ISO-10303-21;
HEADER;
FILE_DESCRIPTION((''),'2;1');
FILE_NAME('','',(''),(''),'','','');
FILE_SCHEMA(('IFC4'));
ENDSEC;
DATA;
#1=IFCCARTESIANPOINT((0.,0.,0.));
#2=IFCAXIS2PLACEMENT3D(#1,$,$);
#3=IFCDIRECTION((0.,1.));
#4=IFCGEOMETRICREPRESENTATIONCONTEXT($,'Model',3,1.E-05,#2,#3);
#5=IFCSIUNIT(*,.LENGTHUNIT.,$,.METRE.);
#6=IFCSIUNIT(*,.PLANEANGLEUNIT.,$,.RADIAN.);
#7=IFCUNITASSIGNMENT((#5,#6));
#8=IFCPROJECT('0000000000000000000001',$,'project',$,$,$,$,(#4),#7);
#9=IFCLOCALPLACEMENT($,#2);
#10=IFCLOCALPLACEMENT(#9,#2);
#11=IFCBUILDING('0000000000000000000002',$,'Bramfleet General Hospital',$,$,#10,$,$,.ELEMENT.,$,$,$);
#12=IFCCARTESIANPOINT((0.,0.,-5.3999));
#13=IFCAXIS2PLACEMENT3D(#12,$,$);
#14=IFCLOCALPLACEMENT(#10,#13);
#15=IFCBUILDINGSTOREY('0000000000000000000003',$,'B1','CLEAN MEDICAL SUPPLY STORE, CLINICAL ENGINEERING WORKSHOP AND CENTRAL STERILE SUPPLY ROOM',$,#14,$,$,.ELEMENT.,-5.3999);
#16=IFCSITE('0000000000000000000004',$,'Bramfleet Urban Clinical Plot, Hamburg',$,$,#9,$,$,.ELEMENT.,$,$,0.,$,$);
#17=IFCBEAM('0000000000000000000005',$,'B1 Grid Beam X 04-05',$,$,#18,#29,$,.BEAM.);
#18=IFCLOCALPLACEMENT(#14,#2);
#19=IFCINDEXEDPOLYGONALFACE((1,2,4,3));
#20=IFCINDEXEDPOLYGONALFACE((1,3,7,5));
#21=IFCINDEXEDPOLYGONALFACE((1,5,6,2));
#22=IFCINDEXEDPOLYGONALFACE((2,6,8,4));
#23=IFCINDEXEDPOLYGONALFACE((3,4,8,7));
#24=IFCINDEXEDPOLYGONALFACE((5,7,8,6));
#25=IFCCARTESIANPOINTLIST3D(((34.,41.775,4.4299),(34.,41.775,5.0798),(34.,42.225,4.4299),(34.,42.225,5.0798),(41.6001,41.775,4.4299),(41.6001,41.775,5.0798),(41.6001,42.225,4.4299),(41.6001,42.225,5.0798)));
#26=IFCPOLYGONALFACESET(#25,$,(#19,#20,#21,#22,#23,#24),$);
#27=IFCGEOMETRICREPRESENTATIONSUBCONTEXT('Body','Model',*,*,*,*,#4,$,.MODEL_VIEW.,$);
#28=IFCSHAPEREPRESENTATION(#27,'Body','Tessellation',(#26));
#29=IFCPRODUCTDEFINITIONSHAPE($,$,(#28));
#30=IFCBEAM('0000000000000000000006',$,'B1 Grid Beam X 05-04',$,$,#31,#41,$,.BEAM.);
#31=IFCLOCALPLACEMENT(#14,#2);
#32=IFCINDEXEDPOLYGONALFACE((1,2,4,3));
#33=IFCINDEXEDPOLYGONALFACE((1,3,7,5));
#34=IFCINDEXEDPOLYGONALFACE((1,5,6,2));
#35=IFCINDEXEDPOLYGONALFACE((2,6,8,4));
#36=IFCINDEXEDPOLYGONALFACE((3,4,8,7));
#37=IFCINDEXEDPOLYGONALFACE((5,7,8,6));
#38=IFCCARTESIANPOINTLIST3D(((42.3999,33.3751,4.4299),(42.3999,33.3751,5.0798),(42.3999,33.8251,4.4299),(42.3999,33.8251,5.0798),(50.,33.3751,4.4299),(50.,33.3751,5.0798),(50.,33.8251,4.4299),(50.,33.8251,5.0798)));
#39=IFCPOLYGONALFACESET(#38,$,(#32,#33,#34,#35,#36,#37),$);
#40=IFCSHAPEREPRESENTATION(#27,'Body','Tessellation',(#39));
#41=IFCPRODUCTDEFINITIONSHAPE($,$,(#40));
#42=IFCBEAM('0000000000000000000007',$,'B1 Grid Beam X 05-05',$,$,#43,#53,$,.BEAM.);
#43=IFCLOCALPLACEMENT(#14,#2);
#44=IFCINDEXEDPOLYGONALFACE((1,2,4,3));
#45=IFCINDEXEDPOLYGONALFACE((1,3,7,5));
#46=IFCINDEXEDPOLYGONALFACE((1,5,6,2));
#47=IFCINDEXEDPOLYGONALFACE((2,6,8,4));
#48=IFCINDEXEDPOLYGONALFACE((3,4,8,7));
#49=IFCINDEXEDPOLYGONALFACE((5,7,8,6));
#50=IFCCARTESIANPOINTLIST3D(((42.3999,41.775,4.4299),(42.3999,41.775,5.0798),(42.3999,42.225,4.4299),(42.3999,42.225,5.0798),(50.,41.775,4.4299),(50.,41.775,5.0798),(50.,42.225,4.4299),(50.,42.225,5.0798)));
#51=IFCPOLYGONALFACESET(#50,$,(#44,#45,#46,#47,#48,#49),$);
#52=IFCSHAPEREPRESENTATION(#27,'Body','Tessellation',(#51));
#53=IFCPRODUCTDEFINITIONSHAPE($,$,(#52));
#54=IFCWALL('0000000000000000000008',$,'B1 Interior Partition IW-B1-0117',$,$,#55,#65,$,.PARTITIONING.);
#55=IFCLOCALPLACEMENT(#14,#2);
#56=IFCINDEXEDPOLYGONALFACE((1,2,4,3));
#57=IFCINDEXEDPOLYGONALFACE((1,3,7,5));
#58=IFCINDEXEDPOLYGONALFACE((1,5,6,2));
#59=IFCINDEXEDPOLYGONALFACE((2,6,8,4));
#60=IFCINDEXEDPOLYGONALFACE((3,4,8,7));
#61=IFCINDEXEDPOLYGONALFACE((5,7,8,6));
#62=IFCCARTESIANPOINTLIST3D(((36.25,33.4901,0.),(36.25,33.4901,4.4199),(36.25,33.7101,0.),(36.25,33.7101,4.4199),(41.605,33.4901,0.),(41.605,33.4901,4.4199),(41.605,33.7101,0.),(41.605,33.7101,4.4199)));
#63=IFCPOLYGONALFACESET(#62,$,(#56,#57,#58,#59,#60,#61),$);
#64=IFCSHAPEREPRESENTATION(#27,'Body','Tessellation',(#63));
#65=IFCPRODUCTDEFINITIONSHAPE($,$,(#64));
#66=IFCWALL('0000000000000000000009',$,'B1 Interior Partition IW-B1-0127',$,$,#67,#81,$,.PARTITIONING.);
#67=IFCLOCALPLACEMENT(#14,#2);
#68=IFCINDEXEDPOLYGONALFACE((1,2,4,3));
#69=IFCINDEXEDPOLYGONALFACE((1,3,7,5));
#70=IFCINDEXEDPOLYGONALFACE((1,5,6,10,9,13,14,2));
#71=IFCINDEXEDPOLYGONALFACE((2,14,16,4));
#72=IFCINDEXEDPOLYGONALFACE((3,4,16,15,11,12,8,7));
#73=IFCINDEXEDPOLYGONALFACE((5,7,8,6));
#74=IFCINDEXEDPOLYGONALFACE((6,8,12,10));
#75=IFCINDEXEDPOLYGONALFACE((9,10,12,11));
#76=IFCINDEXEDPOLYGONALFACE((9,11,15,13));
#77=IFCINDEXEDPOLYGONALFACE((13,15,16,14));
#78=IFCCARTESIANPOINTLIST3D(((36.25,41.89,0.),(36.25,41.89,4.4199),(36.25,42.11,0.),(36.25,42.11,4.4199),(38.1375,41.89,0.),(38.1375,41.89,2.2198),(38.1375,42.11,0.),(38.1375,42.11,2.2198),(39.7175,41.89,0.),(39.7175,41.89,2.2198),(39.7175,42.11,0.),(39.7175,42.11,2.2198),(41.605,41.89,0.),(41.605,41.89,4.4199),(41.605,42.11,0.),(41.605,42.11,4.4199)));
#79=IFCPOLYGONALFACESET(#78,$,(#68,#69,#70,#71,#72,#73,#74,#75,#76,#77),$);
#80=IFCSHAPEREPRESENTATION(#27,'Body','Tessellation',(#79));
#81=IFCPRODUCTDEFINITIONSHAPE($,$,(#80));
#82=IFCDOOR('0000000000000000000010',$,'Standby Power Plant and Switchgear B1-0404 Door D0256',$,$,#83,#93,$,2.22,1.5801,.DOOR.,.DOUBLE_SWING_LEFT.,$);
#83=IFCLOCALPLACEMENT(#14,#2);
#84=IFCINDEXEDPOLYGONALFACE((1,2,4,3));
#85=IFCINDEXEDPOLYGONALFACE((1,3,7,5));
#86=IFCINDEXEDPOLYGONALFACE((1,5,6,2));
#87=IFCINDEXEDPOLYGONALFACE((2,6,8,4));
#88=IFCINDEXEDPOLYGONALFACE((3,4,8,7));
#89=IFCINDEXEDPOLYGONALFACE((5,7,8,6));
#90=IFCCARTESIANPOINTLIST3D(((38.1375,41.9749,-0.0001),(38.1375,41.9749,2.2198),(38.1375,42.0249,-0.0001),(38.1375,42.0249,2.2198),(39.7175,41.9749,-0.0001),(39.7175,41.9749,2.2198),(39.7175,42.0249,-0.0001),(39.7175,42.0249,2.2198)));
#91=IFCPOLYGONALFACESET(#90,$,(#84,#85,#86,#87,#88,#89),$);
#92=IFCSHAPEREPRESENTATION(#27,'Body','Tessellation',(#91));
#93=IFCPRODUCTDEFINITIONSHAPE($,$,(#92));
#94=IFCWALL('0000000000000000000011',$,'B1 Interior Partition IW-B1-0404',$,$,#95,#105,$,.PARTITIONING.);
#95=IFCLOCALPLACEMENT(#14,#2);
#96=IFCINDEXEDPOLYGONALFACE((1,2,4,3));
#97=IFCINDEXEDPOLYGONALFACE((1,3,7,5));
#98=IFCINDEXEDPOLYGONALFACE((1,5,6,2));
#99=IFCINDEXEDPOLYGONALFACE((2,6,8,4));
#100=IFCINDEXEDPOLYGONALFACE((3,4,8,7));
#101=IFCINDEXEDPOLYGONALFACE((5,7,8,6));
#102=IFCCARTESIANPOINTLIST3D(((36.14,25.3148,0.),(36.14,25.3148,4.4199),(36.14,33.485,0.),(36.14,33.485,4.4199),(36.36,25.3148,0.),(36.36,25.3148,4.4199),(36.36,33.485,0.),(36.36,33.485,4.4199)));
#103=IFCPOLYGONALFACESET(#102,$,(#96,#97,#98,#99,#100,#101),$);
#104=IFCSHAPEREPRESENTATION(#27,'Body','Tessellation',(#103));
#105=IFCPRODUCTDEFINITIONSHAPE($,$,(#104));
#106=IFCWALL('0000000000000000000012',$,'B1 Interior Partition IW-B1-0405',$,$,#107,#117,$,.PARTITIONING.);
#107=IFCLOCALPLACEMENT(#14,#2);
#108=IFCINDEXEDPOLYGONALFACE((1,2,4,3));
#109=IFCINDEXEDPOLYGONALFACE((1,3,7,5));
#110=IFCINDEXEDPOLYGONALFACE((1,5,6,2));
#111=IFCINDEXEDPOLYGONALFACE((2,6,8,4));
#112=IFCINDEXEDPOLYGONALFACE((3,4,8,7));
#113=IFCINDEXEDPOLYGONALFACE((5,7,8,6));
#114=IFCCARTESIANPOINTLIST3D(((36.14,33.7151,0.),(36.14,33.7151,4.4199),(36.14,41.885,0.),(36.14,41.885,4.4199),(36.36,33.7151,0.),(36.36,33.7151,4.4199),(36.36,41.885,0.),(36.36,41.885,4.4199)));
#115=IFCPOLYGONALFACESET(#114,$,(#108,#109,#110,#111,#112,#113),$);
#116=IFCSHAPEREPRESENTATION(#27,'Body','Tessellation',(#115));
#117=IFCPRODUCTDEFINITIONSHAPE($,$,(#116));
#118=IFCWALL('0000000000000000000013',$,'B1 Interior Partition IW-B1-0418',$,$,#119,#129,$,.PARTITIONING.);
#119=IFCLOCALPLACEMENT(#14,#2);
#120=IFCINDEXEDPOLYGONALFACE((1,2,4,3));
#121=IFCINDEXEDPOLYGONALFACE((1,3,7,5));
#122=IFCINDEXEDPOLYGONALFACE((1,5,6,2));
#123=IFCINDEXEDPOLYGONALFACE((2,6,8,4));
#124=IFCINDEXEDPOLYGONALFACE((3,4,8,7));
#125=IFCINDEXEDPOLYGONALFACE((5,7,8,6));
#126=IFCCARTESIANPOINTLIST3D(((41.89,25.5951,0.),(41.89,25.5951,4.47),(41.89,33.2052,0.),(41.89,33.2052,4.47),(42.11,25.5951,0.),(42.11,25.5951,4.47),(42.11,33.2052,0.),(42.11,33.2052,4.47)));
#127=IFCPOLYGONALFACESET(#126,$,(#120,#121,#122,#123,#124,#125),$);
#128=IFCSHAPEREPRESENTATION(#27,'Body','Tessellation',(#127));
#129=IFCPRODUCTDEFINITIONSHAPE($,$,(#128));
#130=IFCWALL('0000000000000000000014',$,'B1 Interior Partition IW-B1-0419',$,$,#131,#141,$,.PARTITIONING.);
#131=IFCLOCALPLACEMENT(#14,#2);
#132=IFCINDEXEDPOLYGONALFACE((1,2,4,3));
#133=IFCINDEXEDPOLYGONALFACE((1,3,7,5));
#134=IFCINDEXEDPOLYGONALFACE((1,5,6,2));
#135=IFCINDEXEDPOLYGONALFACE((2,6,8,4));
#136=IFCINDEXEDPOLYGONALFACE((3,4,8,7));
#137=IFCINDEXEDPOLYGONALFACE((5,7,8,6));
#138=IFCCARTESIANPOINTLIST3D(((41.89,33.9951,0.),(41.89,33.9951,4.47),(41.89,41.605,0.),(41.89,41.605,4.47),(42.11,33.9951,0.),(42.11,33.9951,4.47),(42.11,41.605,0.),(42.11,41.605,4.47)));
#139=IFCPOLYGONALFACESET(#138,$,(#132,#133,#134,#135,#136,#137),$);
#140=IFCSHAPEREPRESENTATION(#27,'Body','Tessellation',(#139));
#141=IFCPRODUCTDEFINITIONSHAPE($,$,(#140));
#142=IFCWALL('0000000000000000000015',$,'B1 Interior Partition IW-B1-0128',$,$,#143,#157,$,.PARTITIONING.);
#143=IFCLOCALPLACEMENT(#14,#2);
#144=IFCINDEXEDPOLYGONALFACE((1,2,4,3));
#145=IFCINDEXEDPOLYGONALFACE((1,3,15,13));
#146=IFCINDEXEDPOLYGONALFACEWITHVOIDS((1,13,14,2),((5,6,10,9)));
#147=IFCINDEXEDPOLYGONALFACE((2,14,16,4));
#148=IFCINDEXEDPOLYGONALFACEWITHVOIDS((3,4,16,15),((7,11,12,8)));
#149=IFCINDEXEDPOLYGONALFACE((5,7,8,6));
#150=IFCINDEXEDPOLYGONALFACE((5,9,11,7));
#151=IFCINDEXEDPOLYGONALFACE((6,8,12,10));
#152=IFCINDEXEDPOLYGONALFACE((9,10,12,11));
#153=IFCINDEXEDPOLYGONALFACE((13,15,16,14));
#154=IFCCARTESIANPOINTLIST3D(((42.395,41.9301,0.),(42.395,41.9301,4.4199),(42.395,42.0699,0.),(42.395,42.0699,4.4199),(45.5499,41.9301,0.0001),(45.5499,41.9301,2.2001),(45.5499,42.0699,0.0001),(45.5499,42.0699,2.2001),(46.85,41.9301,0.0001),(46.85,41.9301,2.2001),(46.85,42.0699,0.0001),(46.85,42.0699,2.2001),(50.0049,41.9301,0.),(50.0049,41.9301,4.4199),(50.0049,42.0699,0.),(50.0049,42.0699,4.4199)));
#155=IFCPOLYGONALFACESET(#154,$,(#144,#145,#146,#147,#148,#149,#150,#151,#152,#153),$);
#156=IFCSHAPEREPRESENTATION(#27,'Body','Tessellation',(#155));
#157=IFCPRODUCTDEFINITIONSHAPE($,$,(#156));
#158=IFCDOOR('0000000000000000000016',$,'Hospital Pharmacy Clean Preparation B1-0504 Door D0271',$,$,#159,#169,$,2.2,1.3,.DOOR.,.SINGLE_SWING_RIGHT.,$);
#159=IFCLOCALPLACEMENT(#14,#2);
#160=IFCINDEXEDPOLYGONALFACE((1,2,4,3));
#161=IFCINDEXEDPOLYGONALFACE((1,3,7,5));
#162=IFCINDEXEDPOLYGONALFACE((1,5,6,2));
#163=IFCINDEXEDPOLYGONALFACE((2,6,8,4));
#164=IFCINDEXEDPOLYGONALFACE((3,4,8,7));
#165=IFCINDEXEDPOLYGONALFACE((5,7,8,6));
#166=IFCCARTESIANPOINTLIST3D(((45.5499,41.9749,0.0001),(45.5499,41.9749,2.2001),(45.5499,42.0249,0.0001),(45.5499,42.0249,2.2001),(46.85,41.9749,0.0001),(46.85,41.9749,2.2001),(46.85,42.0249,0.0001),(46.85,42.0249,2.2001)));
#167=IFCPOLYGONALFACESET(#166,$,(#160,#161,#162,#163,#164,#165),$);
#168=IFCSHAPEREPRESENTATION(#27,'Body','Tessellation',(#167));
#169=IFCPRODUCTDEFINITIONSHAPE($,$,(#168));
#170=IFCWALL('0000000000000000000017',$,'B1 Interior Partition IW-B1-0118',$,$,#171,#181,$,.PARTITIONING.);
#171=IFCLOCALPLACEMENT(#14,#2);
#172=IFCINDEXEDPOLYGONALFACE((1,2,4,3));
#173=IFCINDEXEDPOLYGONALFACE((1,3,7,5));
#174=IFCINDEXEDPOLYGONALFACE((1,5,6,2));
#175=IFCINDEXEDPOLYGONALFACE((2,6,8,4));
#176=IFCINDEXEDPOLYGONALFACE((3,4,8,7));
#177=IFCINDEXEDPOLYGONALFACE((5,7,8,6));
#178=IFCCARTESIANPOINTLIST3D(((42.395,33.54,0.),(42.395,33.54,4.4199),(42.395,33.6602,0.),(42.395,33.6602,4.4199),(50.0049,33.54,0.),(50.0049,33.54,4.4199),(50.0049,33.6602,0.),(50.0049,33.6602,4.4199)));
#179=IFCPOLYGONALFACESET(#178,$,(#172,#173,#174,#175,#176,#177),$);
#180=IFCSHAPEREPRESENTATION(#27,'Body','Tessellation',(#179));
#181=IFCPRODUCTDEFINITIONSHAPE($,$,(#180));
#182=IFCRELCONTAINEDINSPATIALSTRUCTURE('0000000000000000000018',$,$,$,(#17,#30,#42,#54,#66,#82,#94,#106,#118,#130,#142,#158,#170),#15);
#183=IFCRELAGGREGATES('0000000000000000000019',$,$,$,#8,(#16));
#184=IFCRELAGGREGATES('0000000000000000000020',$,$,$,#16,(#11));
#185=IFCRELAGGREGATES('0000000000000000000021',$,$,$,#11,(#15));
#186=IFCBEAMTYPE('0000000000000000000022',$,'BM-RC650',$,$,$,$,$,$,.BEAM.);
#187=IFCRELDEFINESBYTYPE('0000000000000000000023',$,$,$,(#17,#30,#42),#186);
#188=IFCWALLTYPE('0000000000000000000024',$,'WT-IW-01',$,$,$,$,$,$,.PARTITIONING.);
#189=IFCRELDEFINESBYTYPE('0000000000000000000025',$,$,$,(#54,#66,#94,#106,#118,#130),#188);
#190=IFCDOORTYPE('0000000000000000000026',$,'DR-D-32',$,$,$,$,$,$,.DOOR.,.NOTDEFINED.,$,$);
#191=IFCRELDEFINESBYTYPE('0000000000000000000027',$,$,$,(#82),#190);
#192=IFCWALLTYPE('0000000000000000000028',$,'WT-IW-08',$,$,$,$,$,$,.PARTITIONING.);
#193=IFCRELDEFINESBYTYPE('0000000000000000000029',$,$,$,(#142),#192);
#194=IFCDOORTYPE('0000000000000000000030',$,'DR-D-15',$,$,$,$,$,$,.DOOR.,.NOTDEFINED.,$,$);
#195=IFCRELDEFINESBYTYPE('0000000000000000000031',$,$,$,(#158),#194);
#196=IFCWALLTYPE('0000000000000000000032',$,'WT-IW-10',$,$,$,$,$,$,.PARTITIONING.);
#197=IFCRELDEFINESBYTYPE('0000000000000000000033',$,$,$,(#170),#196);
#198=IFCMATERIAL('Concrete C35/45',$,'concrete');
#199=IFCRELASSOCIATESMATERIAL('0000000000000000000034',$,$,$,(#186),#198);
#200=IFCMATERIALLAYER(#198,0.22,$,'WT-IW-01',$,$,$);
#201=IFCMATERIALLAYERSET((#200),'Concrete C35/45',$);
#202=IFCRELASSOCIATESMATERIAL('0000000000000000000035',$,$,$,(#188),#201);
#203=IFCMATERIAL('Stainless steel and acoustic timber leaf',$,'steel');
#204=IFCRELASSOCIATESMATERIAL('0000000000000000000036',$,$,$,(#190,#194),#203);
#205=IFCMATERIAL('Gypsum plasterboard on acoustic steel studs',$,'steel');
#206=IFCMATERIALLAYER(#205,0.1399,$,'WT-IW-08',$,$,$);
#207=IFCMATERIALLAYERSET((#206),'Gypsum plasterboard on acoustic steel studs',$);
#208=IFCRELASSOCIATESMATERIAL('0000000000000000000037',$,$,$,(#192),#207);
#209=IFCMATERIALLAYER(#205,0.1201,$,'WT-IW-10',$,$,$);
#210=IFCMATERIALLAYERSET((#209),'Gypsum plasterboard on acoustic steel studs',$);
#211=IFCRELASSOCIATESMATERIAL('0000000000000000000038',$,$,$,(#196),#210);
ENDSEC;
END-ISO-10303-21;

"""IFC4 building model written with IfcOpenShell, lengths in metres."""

from ifc_helpers import new_model, si_unit, direction, frame, frame_2d, origin, origin_2d, place, context, subcontext, project, spatial, rectangle, extrude, material, layer, layer_set, material_profile, profile_set, type_object, element, fill, save


model = new_model("IFC4")

# Units and contexts
model_context = context("Model", 3, precision=1e-05, world=origin(), true_north=direction((0.0, 1.0)))
body_context = subcontext(model_context, "Body", "Model", "MODEL_VIEW")
ifc_project = project(units=[si_unit("LENGTHUNIT", "METRE"), si_unit("PLANEANGLEUNIT", "RADIAN")], contexts=[model_context])

# Site, building, storey
site_placement = place(None, origin())
site = spatial("IfcSite", under=ifc_project, at=site_placement, Name="Bramfleet Urban Clinical Plot, Hamburg", CompositionType="ELEMENT", RefElevation=0.0)
building_placement = place(site_placement, origin())
building = spatial("IfcBuilding", under=site, at=building_placement, Name="Bramfleet General Hospital", CompositionType="ELEMENT")
storey_placement = place(building_placement, frame((0.0, 0.0, -5.3999)))
storey = spatial("IfcBuildingStorey", under=building, at=storey_placement, Name="B1", Description="CLEAN MEDICAL SUPPLY STORE, CLINICAL ENGINEERING WORKSHOP AND CENTRAL STERILE SUPPLY ROOM", CompositionType="ELEMENT", Elevation=-5.3999)

# Shared definitions
ifc_material_1 = material(Name="Concrete C35/45", Category="concrete")

# Beams
ifc_material_profile_1 = material_profile(ifc_material_1, rectangle(XDim=0.45, YDim=0.6499, at=origin_2d()), Name="RC BM 650x450")
ifc_profile_set_1 = profile_set([ifc_material_profile_1], Name="Concrete C35/45")
beam_type_1 = type_object("IfcBeamType", Name="BM-RC650", PredefinedType="BEAM", material=ifc_profile_set_1)
for number, where, z_axis, x_axis, name in (
    (1, (34.0, 42.0, 4.7549), (1.0, 0.0, 0.0), (0.0, 1.0, 0.0), "B1 Grid Beam X 04-05"),
    (2, (42.3999, 33.6001, 4.7549), (1.0, 0.0, 0.0), (0.0, 1.0, 0.0), "B1 Grid Beam X 05-04"),
    (3, (42.3999, 42.0, 4.7549), (1.0, 0.0, 0.0), (0.0, 1.0, 0.0), "B1 Grid Beam X 05-05"),
):
    element("IfcBeam", number, at=place(storey_placement, frame(where, z_axis=z_axis, x_axis=x_axis)), inside=storey, type_object=beam_type_1, Name=name, PredefinedType="BEAM", context=body_context, shape_type="SweptSolid", body=[
        extrude(rectangle(XDim=0.45, YDim=0.6499, at=origin_2d()), origin(), (0.0, 0.0, 1.0), 7.6001),
    ])

# Wall
ifc_layer_1 = layer(ifc_material_1, 0.22, Name="WT-IW-01")
ifc_layer_set_1 = layer_set([ifc_layer_1], Name="Concrete C35/45")
wall_type_1 = type_object("IfcWallType", Name="WT-IW-01", PredefinedType="PARTITIONING", material=ifc_layer_set_1)
wall_1_placement = place(storey_placement, frame((36.25, 33.6001, 0.0), z_axis=(0.0, 0.0, 1.0), x_axis=(1.0, 0.0, 0.0)))
element("IfcWall", 4, at=wall_1_placement, inside=storey, type_object=wall_type_1, Name="B1 Interior Partition IW-B1-0117", PredefinedType="PARTITIONING", context=body_context, shape_type="SweptSolid", body=[
    extrude(rectangle(XDim=5.355, YDim=0.22, at=frame_2d((2.6775, 0.0))), origin(), (0.0, 0.0, 1.0), 4.4199),
])

# Wall, opening, door
wall_2_placement = place(storey_placement, frame((36.25, 42.0, 0.0), z_axis=(0.0, 0.0, 1.0), x_axis=(1.0, 0.0, 0.0)))
wall_2 = element("IfcWall", 5, at=wall_2_placement, inside=storey, type_object=wall_type_1, Name="B1 Interior Partition IW-B1-0127", PredefinedType="PARTITIONING", context=body_context, shape_type="SweptSolid", body=[
    extrude(rectangle(XDim=5.355, YDim=0.22, at=frame_2d((2.6775, 0.0))), origin(), (0.0, 0.0, 1.0), 4.4199),
])
opening_1_placement = place(wall_2_placement, frame((1.8875, 0.0, 0.0)))
opening_1 = element("IfcOpeningElement", 6, at=opening_1_placement, cuts=wall_2, PredefinedType="OPENING", context=body_context, shape_type="SweptSolid", body=[
    extrude(rectangle(XDim=1.5801, YDim=2.22, at=frame_2d((0.79, 1.1099))), frame((0.0, 0.1199, 0.0), z_axis=(0.0, -1.0, 0.0), x_axis=(1.0, 0.0, 0.0)), (0.0, 0.0, 1.0), 0.24),
])
ifc_material_2 = material(Name="Stainless steel and acoustic timber leaf", Category="steel")
door_type_1 = type_object("IfcDoorType", Name="DR-D-32", OperationType="NOTDEFINED", PredefinedType="DOOR", material=ifc_material_2)
door_1_placement = place(opening_1_placement, origin())
door_1 = element("IfcDoor", 7, at=door_1_placement, inside=storey, type_object=door_type_1, Name="Standby Power Plant and Switchgear B1-0404 Door D0256", OperationType="DOUBLE_SWING_LEFT", OverallHeight=2.22, OverallWidth=1.5801, PredefinedType="DOOR", context=body_context, shape_type="SweptSolid", body=[
    extrude(rectangle(XDim=1.5801, YDim=2.22, at=frame_2d((0.79, 1.1099))), frame((0.0, 0.0249, 0.0), z_axis=(0.0, -1.0, 0.0), x_axis=(1.0, 0.0, 0.0)), (0.0, 0.0, 1.0), 0.05),
])
fill(opening_1, door_1)

# Walls
wall_3_placement = place(storey_placement, frame((36.25, 25.3149, 0.0), z_axis=(0.0, 0.0, 1.0), x_axis=(0.0, 1.0, 0.0)))
element("IfcWall", 8, at=wall_3_placement, inside=storey, type_object=wall_type_1, Name="B1 Interior Partition IW-B1-0404", PredefinedType="PARTITIONING", context=body_context, shape_type="SweptSolid", body=[
    extrude(rectangle(XDim=8.1702, YDim=0.22, at=frame_2d((4.085, 0.0))), origin(), (0.0, 0.0, 1.0), 4.4199),
])
wall_4_placement = place(storey_placement, frame((36.25, 33.7151, 0.0), z_axis=(0.0, 0.0, 1.0), x_axis=(0.0, 1.0, 0.0)))
element("IfcWall", 9, at=wall_4_placement, inside=storey, type_object=wall_type_1, Name="B1 Interior Partition IW-B1-0405", PredefinedType="PARTITIONING", context=body_context, shape_type="SweptSolid", body=[
    extrude(rectangle(XDim=8.1699, YDim=0.22, at=frame_2d((4.085, 0.0))), origin(), (0.0, 0.0, 1.0), 4.4199),
])
wall_5_placement = place(storey_placement, frame((42.0, 25.595, 0.0), z_axis=(0.0, 0.0, 1.0), x_axis=(0.0, 1.0, 0.0)))
element("IfcWall", 10, at=wall_5_placement, inside=storey, type_object=wall_type_1, Name="B1 Interior Partition IW-B1-0418", PredefinedType="PARTITIONING", context=body_context, shape_type="SweptSolid", body=[
    extrude(rectangle(XDim=7.6101, YDim=0.22, at=frame_2d((3.8052, 0.0))), origin(), (0.0, 0.0, 1.0), 4.47),
])
wall_6_placement = place(storey_placement, frame((42.0, 33.9951, 0.0), z_axis=(0.0, 0.0, 1.0), x_axis=(0.0, 1.0, 0.0)))
element("IfcWall", 11, at=wall_6_placement, inside=storey, type_object=wall_type_1, Name="B1 Interior Partition IW-B1-0419", PredefinedType="PARTITIONING", context=body_context, shape_type="SweptSolid", body=[
    extrude(rectangle(XDim=7.6099, YDim=0.22, at=frame_2d((3.8049, 0.0))), origin(), (0.0, 0.0, 1.0), 4.47),
])

# Wall, opening, door
ifc_material_3 = material(Name="Gypsum plasterboard on acoustic steel studs", Category="steel")
ifc_layer_2 = layer(ifc_material_3, 0.1399, Name="WT-IW-08")
ifc_layer_set_2 = layer_set([ifc_layer_2], Name="Gypsum plasterboard on acoustic steel studs")
wall_type_2 = type_object("IfcWallType", Name="WT-IW-08", PredefinedType="PARTITIONING", material=ifc_layer_set_2)
wall_7_placement = place(storey_placement, frame((42.395, 42.0, 0.0), z_axis=(0.0, 0.0, 1.0), x_axis=(1.0, 0.0, 0.0)))
wall_7 = element("IfcWall", 12, at=wall_7_placement, inside=storey, type_object=wall_type_2, Name="B1 Interior Partition IW-B1-0128", PredefinedType="PARTITIONING", context=body_context, shape_type="SweptSolid", body=[
    extrude(rectangle(XDim=7.6099, YDim=0.1399, at=frame_2d((3.8049, 0.0))), origin(), (0.0, 0.0, 1.0), 4.4199),
])
opening_2_placement = place(wall_7_placement, frame((3.155, 0.0, 0.0)))
opening_2 = element("IfcOpeningElement", 13, at=opening_2_placement, cuts=wall_7, PredefinedType="OPENING", context=body_context, shape_type="SweptSolid", body=[
    extrude(rectangle(XDim=1.3, YDim=2.2, at=frame_2d((0.6499, 1.1001))), frame((0.0, 0.0798, 0.0), z_axis=(0.0, -1.0, 0.0), x_axis=(1.0, 0.0, 0.0)), (0.0, 0.0, 1.0), 0.1599),
])
door_type_2 = type_object("IfcDoorType", Name="DR-D-15", OperationType="NOTDEFINED", PredefinedType="DOOR", material=ifc_material_2)
door_2_placement = place(opening_2_placement, origin())
door_2 = element("IfcDoor", 14, at=door_2_placement, inside=storey, type_object=door_type_2, Name="Hospital Pharmacy Clean Preparation B1-0504 Door D0271", OperationType="SINGLE_SWING_RIGHT", OverallHeight=2.2, OverallWidth=1.3, PredefinedType="DOOR", context=body_context, shape_type="SweptSolid", body=[
    extrude(rectangle(XDim=1.3, YDim=2.2, at=frame_2d((0.6499, 1.1001))), frame((0.0, 0.0249, 0.0), z_axis=(0.0, -1.0, 0.0), x_axis=(1.0, 0.0, 0.0)), (0.0, 0.0, 1.0), 0.05),
])
fill(opening_2, door_2)

# Wall
ifc_layer_3 = layer(ifc_material_3, 0.1201, Name="WT-IW-10")
ifc_layer_set_3 = layer_set([ifc_layer_3], Name="Gypsum plasterboard on acoustic steel studs")
wall_type_3 = type_object("IfcWallType", Name="WT-IW-10", PredefinedType="PARTITIONING", material=ifc_layer_set_3)
wall_8_placement = place(storey_placement, frame((42.395, 33.6001, 0.0), z_axis=(0.0, 0.0, 1.0), x_axis=(1.0, 0.0, 0.0)))
element("IfcWall", 15, at=wall_8_placement, inside=storey, type_object=wall_type_3, Name="B1 Interior Partition IW-B1-0118", PredefinedType="PARTITIONING", context=body_context, shape_type="SweptSolid", body=[
    extrude(rectangle(XDim=7.6099, YDim=0.1201, at=frame_2d((3.8049, 0.0))), origin(), (0.0, 0.0, 1.0), 4.4199),
])

save(model, "model.ifc")
